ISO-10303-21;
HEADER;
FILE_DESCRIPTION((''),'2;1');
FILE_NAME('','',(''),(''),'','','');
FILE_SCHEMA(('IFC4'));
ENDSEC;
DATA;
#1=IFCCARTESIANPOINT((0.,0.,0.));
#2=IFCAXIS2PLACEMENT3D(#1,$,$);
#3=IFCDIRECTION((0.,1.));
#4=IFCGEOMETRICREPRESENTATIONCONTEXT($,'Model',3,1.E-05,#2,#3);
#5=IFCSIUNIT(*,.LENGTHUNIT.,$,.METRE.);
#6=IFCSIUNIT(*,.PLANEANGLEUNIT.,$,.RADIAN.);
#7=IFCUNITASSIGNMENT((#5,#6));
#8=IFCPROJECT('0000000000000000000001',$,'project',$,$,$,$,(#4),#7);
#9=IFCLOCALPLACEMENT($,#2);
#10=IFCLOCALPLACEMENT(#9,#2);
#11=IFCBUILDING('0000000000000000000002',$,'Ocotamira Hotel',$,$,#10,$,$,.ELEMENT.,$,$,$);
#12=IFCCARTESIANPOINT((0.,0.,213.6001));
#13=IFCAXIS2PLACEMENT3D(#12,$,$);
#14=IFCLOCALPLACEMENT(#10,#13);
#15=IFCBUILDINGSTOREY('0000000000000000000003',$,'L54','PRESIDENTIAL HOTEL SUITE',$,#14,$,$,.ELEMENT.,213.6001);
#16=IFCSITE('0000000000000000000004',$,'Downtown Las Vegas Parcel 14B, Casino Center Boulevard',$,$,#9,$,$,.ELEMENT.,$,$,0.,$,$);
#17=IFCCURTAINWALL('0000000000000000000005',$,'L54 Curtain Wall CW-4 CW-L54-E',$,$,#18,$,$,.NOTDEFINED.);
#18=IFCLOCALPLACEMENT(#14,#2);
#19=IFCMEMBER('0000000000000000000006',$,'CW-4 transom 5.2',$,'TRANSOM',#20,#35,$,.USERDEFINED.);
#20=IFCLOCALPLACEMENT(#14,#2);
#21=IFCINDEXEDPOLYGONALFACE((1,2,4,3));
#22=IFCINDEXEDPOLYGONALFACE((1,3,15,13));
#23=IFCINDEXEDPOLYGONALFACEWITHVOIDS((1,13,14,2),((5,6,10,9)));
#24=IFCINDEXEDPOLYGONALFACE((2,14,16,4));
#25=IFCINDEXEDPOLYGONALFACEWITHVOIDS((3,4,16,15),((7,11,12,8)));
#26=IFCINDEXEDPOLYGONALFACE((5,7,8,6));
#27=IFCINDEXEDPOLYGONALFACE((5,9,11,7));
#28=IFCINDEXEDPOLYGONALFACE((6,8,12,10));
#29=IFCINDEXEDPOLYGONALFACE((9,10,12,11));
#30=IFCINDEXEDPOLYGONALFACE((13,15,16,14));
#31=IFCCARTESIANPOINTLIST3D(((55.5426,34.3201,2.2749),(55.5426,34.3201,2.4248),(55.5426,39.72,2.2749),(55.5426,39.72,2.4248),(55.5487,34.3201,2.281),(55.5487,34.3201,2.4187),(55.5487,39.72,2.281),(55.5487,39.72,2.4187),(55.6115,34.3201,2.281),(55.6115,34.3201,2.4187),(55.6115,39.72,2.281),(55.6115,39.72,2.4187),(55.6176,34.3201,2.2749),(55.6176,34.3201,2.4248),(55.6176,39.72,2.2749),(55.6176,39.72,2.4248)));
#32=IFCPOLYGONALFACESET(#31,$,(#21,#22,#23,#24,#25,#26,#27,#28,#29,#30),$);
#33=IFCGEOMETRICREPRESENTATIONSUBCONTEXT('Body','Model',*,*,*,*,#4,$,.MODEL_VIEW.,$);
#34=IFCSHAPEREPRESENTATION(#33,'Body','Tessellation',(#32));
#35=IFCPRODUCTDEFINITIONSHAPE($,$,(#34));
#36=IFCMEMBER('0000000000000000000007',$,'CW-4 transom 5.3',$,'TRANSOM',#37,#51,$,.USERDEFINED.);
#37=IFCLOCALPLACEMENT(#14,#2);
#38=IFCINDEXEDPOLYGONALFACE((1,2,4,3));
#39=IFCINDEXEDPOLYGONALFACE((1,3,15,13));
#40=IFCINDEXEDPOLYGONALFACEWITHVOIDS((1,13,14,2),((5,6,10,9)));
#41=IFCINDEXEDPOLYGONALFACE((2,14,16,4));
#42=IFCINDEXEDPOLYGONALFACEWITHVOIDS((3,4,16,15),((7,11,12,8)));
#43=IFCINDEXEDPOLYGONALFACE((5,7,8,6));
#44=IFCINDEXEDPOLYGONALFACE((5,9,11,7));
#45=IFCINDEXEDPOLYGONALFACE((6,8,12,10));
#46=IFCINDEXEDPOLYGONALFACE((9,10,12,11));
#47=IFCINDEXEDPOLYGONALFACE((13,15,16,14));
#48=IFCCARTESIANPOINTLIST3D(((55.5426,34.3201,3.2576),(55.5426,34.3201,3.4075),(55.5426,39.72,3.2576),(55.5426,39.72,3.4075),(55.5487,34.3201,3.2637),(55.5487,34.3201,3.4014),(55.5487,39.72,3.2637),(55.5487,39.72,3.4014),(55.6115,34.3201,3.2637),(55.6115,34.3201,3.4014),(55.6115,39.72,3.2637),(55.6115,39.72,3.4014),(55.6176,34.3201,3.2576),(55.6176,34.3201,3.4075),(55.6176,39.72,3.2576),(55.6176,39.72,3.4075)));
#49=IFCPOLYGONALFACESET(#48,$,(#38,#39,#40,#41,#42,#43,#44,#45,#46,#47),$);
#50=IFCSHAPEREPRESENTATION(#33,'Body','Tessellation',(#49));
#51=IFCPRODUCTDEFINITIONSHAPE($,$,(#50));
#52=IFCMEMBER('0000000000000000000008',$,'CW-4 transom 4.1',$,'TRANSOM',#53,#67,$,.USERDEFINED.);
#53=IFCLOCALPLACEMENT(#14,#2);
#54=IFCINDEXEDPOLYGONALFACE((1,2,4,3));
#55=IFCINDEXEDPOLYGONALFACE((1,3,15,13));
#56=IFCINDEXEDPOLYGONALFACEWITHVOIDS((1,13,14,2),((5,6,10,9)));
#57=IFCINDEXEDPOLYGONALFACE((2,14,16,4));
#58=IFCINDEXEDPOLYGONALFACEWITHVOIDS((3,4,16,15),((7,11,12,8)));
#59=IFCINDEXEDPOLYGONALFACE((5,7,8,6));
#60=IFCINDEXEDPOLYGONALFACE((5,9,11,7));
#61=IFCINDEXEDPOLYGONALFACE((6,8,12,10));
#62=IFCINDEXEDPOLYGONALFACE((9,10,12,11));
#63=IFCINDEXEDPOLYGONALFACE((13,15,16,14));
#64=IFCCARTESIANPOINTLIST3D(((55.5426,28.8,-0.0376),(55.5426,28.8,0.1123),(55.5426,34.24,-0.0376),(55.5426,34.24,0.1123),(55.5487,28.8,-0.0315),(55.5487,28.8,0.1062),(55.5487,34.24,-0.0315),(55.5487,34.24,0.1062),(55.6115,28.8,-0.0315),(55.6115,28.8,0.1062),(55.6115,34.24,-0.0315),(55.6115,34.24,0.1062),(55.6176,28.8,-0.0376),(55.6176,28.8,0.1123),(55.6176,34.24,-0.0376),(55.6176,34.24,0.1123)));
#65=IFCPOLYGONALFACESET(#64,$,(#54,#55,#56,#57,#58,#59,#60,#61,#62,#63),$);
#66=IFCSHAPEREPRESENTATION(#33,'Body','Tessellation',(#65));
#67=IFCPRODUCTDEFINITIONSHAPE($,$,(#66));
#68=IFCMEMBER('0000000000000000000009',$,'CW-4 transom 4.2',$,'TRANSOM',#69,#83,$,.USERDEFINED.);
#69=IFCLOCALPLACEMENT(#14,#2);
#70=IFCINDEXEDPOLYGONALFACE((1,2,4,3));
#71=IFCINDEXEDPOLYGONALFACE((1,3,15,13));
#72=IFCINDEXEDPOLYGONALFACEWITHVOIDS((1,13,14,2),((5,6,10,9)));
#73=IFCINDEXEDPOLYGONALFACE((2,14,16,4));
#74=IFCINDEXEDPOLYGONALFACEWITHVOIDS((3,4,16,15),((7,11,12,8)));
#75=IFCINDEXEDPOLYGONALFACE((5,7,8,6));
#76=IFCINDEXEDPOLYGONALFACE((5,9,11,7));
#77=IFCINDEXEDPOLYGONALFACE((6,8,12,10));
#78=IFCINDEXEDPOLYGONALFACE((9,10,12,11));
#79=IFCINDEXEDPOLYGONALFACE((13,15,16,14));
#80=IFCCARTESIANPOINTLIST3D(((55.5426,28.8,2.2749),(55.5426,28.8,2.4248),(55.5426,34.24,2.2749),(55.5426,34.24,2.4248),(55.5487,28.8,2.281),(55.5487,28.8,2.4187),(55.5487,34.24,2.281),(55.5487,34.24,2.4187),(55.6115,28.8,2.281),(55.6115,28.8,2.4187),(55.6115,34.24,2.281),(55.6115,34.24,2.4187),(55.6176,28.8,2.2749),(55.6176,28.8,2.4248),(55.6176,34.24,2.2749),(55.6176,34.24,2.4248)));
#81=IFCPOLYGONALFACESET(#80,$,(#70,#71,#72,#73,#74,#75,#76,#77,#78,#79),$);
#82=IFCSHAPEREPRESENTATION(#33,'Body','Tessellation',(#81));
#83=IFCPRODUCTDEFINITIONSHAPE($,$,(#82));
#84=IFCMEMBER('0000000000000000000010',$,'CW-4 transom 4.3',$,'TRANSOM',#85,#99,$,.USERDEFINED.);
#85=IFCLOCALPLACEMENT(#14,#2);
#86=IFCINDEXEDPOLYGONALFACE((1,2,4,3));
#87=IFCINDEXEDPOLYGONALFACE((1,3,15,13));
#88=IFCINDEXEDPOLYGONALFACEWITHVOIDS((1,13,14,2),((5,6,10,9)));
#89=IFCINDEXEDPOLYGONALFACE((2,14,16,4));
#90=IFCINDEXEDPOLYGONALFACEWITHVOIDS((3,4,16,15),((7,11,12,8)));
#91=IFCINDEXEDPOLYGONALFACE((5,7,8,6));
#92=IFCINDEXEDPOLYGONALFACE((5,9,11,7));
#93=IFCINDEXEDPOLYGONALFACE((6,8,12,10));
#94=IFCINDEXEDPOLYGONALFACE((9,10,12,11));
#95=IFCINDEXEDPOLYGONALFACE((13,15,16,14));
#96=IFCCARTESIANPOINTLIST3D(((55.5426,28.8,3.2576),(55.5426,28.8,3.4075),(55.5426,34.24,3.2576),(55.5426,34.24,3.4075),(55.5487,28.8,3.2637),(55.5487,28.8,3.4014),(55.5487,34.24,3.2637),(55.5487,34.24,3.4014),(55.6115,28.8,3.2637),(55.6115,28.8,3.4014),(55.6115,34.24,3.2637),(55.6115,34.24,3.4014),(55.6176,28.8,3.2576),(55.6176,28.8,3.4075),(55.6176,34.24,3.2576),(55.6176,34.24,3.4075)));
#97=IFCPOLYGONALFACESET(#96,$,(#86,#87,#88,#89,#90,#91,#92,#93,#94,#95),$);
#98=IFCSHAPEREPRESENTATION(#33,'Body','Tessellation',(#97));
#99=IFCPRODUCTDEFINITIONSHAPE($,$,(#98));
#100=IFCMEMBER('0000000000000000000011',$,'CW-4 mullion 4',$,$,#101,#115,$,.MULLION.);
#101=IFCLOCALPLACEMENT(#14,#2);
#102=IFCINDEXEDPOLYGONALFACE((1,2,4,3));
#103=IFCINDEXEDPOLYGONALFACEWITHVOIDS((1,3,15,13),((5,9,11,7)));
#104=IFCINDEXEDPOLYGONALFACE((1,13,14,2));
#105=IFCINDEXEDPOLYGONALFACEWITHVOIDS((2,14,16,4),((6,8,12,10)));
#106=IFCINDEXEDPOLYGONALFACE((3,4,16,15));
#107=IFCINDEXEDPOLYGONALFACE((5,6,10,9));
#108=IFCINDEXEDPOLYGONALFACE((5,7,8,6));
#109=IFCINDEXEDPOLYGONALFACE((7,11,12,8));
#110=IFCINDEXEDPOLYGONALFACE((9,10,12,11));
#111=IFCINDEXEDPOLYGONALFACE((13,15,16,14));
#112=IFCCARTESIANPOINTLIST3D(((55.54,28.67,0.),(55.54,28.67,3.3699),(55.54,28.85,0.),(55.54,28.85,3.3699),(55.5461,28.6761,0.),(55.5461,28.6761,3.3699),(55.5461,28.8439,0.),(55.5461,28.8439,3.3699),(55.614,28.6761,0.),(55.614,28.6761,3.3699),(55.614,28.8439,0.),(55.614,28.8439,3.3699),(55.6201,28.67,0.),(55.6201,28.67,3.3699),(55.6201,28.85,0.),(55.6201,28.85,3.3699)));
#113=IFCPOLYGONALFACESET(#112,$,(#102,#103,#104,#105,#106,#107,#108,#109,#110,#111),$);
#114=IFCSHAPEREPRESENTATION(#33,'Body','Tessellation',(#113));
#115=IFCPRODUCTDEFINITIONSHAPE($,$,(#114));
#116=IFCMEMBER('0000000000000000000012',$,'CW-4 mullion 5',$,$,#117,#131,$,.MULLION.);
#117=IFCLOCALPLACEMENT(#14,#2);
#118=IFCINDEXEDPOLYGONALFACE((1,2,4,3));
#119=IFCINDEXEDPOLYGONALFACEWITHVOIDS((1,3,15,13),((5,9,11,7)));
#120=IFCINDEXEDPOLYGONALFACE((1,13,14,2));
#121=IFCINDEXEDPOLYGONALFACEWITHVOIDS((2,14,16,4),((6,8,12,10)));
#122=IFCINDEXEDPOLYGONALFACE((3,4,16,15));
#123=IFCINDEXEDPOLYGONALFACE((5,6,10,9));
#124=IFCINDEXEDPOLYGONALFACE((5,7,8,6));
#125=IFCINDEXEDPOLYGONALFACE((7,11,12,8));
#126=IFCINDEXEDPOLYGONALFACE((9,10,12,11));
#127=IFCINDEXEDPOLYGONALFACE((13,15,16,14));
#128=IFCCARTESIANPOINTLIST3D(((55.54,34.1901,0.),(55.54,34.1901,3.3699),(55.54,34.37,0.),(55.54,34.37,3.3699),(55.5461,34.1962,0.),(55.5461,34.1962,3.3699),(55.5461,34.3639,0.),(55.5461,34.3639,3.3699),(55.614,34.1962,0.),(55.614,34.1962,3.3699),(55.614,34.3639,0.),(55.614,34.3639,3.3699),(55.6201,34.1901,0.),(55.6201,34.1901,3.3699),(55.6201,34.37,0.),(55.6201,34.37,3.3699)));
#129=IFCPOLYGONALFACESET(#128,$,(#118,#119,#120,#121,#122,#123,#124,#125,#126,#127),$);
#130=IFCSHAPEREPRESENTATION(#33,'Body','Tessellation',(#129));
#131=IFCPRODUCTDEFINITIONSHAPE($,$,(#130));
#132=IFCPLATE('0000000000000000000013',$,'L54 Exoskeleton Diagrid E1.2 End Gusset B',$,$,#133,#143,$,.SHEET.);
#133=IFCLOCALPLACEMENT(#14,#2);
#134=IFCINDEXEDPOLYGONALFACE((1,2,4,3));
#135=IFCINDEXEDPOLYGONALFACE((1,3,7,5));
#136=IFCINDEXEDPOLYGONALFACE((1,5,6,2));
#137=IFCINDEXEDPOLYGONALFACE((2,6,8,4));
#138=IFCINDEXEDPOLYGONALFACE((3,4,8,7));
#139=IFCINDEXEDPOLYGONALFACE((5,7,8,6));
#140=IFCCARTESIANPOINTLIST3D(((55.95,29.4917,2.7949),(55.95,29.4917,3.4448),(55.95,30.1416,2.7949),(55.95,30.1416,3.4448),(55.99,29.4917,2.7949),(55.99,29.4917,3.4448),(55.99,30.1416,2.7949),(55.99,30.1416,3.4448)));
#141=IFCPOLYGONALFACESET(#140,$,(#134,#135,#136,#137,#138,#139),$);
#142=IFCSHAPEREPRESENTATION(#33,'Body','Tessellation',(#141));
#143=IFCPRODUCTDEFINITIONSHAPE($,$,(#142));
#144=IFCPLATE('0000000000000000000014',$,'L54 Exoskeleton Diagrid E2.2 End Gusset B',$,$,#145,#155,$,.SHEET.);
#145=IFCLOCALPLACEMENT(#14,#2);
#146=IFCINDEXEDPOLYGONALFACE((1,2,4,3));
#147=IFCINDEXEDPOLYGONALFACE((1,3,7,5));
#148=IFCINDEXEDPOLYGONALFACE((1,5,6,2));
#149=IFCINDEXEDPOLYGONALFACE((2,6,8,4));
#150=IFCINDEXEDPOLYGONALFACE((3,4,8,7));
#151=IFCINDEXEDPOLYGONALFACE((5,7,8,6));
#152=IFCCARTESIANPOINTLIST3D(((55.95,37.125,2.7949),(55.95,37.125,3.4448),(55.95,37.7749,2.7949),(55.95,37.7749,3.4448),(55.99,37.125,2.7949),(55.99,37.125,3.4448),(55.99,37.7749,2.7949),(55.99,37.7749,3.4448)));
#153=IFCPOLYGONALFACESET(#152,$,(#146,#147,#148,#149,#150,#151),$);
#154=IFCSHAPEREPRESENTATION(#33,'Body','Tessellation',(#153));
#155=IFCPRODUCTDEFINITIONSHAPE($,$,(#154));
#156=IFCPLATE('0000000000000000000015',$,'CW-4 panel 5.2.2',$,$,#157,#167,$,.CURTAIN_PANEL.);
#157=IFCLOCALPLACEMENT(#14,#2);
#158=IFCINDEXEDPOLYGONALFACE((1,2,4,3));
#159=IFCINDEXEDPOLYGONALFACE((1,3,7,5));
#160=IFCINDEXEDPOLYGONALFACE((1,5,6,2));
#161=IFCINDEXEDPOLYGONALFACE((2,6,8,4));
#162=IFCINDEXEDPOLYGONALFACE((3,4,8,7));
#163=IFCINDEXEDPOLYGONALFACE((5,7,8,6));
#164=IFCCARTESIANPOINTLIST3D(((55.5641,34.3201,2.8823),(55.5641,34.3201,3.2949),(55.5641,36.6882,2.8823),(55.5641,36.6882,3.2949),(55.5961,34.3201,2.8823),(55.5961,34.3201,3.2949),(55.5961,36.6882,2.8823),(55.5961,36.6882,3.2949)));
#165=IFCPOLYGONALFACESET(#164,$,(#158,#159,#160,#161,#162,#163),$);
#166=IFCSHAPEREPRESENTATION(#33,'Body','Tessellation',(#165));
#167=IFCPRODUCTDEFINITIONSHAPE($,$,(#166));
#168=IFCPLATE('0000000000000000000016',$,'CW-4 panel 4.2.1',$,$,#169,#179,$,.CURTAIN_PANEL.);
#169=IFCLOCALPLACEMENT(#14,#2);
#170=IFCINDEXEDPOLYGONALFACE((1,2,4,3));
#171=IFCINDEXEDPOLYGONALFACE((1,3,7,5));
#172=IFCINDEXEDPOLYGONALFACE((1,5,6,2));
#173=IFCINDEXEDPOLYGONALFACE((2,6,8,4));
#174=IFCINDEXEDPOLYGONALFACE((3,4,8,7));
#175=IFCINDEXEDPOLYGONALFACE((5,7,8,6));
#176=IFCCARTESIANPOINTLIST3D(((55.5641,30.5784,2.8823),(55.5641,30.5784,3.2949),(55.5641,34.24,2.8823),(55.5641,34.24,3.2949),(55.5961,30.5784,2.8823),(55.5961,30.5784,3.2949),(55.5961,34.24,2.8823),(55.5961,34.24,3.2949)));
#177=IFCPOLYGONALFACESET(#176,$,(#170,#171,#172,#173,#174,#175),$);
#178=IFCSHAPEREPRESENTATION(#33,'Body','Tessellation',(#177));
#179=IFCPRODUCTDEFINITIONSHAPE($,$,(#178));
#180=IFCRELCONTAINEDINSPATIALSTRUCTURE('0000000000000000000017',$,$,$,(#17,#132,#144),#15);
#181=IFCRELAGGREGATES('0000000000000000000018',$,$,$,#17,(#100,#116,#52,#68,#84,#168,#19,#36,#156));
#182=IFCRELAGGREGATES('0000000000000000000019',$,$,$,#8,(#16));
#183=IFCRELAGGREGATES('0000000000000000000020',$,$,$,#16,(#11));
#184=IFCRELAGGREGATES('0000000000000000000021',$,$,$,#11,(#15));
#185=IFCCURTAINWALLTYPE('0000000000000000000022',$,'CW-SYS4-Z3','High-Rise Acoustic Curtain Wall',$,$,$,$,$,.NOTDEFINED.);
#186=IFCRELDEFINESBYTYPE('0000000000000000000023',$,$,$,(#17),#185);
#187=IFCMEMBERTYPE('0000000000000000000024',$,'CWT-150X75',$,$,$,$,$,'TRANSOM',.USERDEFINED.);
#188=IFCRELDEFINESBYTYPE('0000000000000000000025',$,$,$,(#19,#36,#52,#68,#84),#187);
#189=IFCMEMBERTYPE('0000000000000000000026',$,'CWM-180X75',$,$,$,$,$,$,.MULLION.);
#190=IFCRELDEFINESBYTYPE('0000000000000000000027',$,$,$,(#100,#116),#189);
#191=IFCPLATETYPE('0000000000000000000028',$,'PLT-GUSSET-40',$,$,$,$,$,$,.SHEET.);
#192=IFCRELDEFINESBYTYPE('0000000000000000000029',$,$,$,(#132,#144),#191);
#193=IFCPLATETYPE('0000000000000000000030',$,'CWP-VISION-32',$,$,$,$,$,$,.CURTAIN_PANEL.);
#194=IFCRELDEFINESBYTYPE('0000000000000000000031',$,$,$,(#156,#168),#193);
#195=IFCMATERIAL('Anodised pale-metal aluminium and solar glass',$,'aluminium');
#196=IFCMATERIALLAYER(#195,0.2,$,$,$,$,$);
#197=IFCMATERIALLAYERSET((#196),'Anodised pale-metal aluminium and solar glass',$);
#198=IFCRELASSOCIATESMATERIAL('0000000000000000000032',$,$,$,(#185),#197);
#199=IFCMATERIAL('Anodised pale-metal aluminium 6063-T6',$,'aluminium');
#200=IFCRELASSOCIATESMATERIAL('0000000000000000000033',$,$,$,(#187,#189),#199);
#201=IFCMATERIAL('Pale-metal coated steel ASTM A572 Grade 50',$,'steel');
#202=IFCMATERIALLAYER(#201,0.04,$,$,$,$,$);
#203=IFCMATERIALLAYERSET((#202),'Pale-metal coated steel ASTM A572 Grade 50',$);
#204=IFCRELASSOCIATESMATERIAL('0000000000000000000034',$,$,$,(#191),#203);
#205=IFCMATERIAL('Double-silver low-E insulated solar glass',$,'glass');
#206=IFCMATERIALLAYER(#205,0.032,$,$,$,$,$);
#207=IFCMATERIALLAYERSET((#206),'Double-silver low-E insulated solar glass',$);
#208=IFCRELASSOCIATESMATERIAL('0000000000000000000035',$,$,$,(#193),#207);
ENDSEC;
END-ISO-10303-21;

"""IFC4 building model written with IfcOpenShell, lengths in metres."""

from ifc_helpers import new_model, si_unit, direction, frame, origin, origin_2d, place, context, subcontext, project, spatial, rectangle, hollow_rectangle, extrude, source, transform, mapped, material, layer, layer_set, material_profile, profile_set, type_object, element, aggregate, save


model = new_model("IFC4")

# Units and contexts
model_context = context("Model", 3, precision=1e-05, world=origin(), true_north=direction((0.0, 1.0)))
body_context = subcontext(model_context, "Body", "Model", "MODEL_VIEW")
ifc_project = project(units=[si_unit("LENGTHUNIT", "METRE"), si_unit("PLANEANGLEUNIT", "RADIAN")], contexts=[model_context])

# Site, building, storey
site_placement = place(None, origin())
site = spatial("IfcSite", under=ifc_project, at=site_placement, Name="Downtown Las Vegas Parcel 14B, Casino Center Boulevard", CompositionType="ELEMENT", RefElevation=0.0)
building_placement = place(site_placement, origin())
building = spatial("IfcBuilding", under=site, at=building_placement, Name="Ocotamira Hotel", CompositionType="ELEMENT")
storey_placement = place(building_placement, frame((0.0, 0.0, 213.6001)))
storey = spatial("IfcBuildingStorey", under=building, at=storey_placement, Name="L54", Description="PRESIDENTIAL HOTEL SUITE", CompositionType="ELEMENT", Elevation=213.6001)

# Curtain wall, members
ifc_material_1 = material(Name="Anodised pale-metal aluminium and solar glass", Category="aluminium")
ifc_layer_1 = layer(ifc_material_1, 0.2)
ifc_layer_set_1 = layer_set([ifc_layer_1], Name="Anodised pale-metal aluminium and solar glass")
curtain_wall_type = type_object("IfcCurtainWallType", Name="CW-SYS4-Z3", Description="High-Rise Acoustic Curtain Wall", PredefinedType="NOTDEFINED", material=ifc_layer_set_1)
curtain_wall_placement = place(storey_placement, origin())
curtain_wall = element("IfcCurtainWall", 1, at=curtain_wall_placement, inside=storey, type_object=curtain_wall_type, Name="L54 Curtain Wall CW-4 CW-L54-E", PredefinedType="NOTDEFINED")
ifc_material_2 = material(Name="Anodised pale-metal aluminium 6063-T6", Category="aluminium")
ifc_material_profile_1 = material_profile(ifc_material_2, hollow_rectangle(XDim=0.075, YDim=0.1499, WallThickness=0.0061, at=origin_2d()), Name="HSS150X75X6")
ifc_profile_set_1 = profile_set([ifc_material_profile_1], Name="Anodised pale-metal aluminium 6063-T6")
member_type_1 = type_object("IfcMemberType", Name="CWT-150X75", ElementType="TRANSOM", PredefinedType="USERDEFINED", material=ifc_profile_set_1)
shared_shape_1 = source(origin(), body_context, "Body", "SweptSolid", [
    extrude(hollow_rectangle(XDim=0.075, YDim=0.1499, WallThickness=0.0061, at=origin_2d()), origin(), (0.0, 0.0, 1.0), 5.3999),
])
member_1_placement = place(storey_placement, frame((55.5801, 34.3201, 2.3499), z_axis=(0.0, 1.0, 0.0), x_axis=(-1.0, 0.0, 0.0)))
member_1 = element("IfcMember", 2, at=member_1_placement, type_object=member_type_1, Name="CW-4 transom 5.2", ObjectType="TRANSOM", PredefinedType="USERDEFINED", context=body_context, shape_type="MappedRepresentation", body=[
    mapped(shared_shape_1, transform((0.0, 0.0, 0.0), scale=1.0)),
])
member_2_placement = place(storey_placement, frame((55.5801, 34.3201, 3.3325), z_axis=(0.0, 1.0, 0.0), x_axis=(-1.0, 0.0, 0.0)))
member_2 = element("IfcMember", 3, at=member_2_placement, type_object=member_type_1, Name="CW-4 transom 5.3", ObjectType="TRANSOM", PredefinedType="USERDEFINED", context=body_context, shape_type="MappedRepresentation", body=[
    mapped(shared_shape_1, transform((0.0, 0.0, 0.0), scale=1.0)),
])
shared_shape_2 = source(origin(), body_context, "Body", "SweptSolid", [
    extrude(hollow_rectangle(XDim=0.075, YDim=0.1499, WallThickness=0.0061, at=origin_2d()), origin(), (0.0, 0.0, 1.0), 5.4399),
])
member_3_placement = place(storey_placement, frame((55.5801, 28.8, 0.0374), z_axis=(0.0, 1.0, 0.0), x_axis=(-1.0, 0.0, 0.0)))
member_3 = element("IfcMember", 4, at=member_3_placement, type_object=member_type_1, Name="CW-4 transom 4.1", ObjectType="TRANSOM", PredefinedType="USERDEFINED", context=body_context, shape_type="MappedRepresentation", body=[
    mapped(shared_shape_2, transform((0.0, 0.0, 0.0), scale=1.0)),
])
member_4_placement = place(storey_placement, frame((55.5801, 28.8, 2.3499), z_axis=(0.0, 1.0, 0.0), x_axis=(-1.0, 0.0, 0.0)))
member_4 = element("IfcMember", 5, at=member_4_placement, type_object=member_type_1, Name="CW-4 transom 4.2", ObjectType="TRANSOM", PredefinedType="USERDEFINED", context=body_context, shape_type="MappedRepresentation", body=[
    mapped(shared_shape_2, transform((0.0, 0.0, 0.0), scale=1.0)),
])
member_5_placement = place(storey_placement, frame((55.5801, 28.8, 3.3325), z_axis=(0.0, 1.0, 0.0), x_axis=(-1.0, 0.0, 0.0)))
member_5 = element("IfcMember", 6, at=member_5_placement, type_object=member_type_1, Name="CW-4 transom 4.3", ObjectType="TRANSOM", PredefinedType="USERDEFINED", context=body_context, shape_type="MappedRepresentation", body=[
    mapped(shared_shape_2, transform((0.0, 0.0, 0.0), scale=1.0)),
])
ifc_material_profile_2 = material_profile(ifc_material_2, hollow_rectangle(XDim=0.0801, YDim=0.1799, WallThickness=0.0061, at=origin_2d()), Name="HSS180X80X6")
ifc_profile_set_2 = profile_set([ifc_material_profile_2], Name="Anodised pale-metal aluminium 6063-T6")
member_type_2 = type_object("IfcMemberType", Name="CWM-180X75", PredefinedType="MULLION", material=ifc_profile_set_2)
shared_shape_3 = source(origin(), body_context, "Body", "SweptSolid", [
    extrude(hollow_rectangle(XDim=0.0801, YDim=0.1799, WallThickness=0.0061, at=origin_2d()), origin(), (0.0, 0.0, 1.0), 3.3699),
])
member_6_placement = place(storey_placement, frame((55.5801, 28.76, 0.0), z_axis=(0.0, 0.0, 1.0), x_axis=(-1.0, 0.0, 0.0)))
member_6 = element("IfcMember", 7, at=member_6_placement, type_object=member_type_2, Name="CW-4 mullion 4", PredefinedType="MULLION", context=body_context, shape_type="MappedRepresentation", body=[
    mapped(shared_shape_3, transform((0.0, 0.0, 0.0), scale=1.0)),
])
member_7_placement = place(storey_placement, frame((55.5801, 34.28, 0.0), z_axis=(0.0, 0.0, 1.0), x_axis=(-1.0, 0.0, 0.0)))
member_7 = element("IfcMember", 8, at=member_7_placement, type_object=member_type_2, Name="CW-4 mullion 5", PredefinedType="MULLION", context=body_context, shape_type="MappedRepresentation", body=[
    mapped(shared_shape_3, transform((0.0, 0.0, 0.0), scale=1.0)),
])

# Plates
ifc_material_3 = material(Name="Pale-metal coated steel ASTM A572 Grade 50", Category="steel")
ifc_layer_2 = layer(ifc_material_3, 0.04)
ifc_layer_set_2 = layer_set([ifc_layer_2], Name="Pale-metal coated steel ASTM A572 Grade 50")
plate_type_1 = type_object("IfcPlateType", Name="PLT-GUSSET-40", PredefinedType="SHEET", material=ifc_layer_set_2)
shared_shape_4 = source(origin(), body_context, "Body", "SweptSolid", [
    extrude(rectangle(XDim=0.04, YDim=0.6499, at=origin_2d()), origin(), (0.0, 0.0, 1.0), 0.6499),
])
for number, where, z_axis, x_axis, name in (
    (9, (55.97, 29.8167, 2.7949), (0.0, 0.0, 1.0), (1.0, 0.0, 0.0), "L54 Exoskeleton Diagrid E1.2 End Gusset B"),
    (10, (55.97, 37.45, 2.7949), (0.0, 0.0, 1.0), (1.0, 0.0, 0.0), "L54 Exoskeleton Diagrid E2.2 End Gusset B"),
):
    element("IfcPlate", number, at=place(storey_placement, frame(where, z_axis=z_axis, x_axis=x_axis)), inside=storey, type_object=plate_type_1, Name=name, PredefinedType="SHEET", context=body_context, shape_type="MappedRepresentation", body=[
        mapped(shared_shape_4, transform((0.0, 0.0, 0.0), scale=1.0)),
    ])

# Plates
ifc_material_4 = material(Name="Double-silver low-E insulated solar glass", Category="glass")
ifc_layer_3 = layer(ifc_material_4, 0.032)
ifc_layer_set_3 = layer_set([ifc_layer_3], Name="Double-silver low-E insulated solar glass")
plate_type_2 = type_object("IfcPlateType", Name="CWP-VISION-32", PredefinedType="CURTAIN_PANEL", material=ifc_layer_set_3)
shared_shape_5 = source(origin(), body_context, "Body", "SweptSolid", [
    extrude(rectangle(XDim=2.3682, YDim=0.032, at=origin_2d()), origin(), (0.0, 0.0, 1.0), 0.4126),
])
plate_1_placement = place(storey_placement, frame((55.5801, 35.5042, 2.8823), z_axis=(0.0, 0.0, 1.0), x_axis=(0.0, 1.0, 0.0)))
plate_1 = element("IfcPlate", 11, at=plate_1_placement, type_object=plate_type_2, Name="CW-4 panel 5.2.2", PredefinedType="CURTAIN_PANEL", context=body_context, shape_type="MappedRepresentation", body=[
    mapped(shared_shape_5, transform((0.0, 0.0, 0.0), scale=1.0)),
])
shared_shape_6 = source(origin(), body_context, "Body", "SweptSolid", [
    extrude(rectangle(XDim=3.6616, YDim=0.032, at=origin_2d()), origin(), (0.0, 0.0, 1.0), 0.4126),
])
plate_2_placement = place(storey_placement, frame((55.5801, 32.4092, 2.8823), z_axis=(0.0, 0.0, 1.0), x_axis=(0.0, 1.0, 0.0)))
plate_2 = element("IfcPlate", 12, at=plate_2_placement, type_object=plate_type_2, Name="CW-4 panel 4.2.1", PredefinedType="CURTAIN_PANEL", context=body_context, shape_type="MappedRepresentation", body=[
    mapped(shared_shape_6, transform((0.0, 0.0, 0.0), scale=1.0)),
])
aggregate(curtain_wall, [member_6, member_7, member_3, member_4, member_5, plate_2, member_1, member_2, plate_1])

save(model, "model.ifc")
